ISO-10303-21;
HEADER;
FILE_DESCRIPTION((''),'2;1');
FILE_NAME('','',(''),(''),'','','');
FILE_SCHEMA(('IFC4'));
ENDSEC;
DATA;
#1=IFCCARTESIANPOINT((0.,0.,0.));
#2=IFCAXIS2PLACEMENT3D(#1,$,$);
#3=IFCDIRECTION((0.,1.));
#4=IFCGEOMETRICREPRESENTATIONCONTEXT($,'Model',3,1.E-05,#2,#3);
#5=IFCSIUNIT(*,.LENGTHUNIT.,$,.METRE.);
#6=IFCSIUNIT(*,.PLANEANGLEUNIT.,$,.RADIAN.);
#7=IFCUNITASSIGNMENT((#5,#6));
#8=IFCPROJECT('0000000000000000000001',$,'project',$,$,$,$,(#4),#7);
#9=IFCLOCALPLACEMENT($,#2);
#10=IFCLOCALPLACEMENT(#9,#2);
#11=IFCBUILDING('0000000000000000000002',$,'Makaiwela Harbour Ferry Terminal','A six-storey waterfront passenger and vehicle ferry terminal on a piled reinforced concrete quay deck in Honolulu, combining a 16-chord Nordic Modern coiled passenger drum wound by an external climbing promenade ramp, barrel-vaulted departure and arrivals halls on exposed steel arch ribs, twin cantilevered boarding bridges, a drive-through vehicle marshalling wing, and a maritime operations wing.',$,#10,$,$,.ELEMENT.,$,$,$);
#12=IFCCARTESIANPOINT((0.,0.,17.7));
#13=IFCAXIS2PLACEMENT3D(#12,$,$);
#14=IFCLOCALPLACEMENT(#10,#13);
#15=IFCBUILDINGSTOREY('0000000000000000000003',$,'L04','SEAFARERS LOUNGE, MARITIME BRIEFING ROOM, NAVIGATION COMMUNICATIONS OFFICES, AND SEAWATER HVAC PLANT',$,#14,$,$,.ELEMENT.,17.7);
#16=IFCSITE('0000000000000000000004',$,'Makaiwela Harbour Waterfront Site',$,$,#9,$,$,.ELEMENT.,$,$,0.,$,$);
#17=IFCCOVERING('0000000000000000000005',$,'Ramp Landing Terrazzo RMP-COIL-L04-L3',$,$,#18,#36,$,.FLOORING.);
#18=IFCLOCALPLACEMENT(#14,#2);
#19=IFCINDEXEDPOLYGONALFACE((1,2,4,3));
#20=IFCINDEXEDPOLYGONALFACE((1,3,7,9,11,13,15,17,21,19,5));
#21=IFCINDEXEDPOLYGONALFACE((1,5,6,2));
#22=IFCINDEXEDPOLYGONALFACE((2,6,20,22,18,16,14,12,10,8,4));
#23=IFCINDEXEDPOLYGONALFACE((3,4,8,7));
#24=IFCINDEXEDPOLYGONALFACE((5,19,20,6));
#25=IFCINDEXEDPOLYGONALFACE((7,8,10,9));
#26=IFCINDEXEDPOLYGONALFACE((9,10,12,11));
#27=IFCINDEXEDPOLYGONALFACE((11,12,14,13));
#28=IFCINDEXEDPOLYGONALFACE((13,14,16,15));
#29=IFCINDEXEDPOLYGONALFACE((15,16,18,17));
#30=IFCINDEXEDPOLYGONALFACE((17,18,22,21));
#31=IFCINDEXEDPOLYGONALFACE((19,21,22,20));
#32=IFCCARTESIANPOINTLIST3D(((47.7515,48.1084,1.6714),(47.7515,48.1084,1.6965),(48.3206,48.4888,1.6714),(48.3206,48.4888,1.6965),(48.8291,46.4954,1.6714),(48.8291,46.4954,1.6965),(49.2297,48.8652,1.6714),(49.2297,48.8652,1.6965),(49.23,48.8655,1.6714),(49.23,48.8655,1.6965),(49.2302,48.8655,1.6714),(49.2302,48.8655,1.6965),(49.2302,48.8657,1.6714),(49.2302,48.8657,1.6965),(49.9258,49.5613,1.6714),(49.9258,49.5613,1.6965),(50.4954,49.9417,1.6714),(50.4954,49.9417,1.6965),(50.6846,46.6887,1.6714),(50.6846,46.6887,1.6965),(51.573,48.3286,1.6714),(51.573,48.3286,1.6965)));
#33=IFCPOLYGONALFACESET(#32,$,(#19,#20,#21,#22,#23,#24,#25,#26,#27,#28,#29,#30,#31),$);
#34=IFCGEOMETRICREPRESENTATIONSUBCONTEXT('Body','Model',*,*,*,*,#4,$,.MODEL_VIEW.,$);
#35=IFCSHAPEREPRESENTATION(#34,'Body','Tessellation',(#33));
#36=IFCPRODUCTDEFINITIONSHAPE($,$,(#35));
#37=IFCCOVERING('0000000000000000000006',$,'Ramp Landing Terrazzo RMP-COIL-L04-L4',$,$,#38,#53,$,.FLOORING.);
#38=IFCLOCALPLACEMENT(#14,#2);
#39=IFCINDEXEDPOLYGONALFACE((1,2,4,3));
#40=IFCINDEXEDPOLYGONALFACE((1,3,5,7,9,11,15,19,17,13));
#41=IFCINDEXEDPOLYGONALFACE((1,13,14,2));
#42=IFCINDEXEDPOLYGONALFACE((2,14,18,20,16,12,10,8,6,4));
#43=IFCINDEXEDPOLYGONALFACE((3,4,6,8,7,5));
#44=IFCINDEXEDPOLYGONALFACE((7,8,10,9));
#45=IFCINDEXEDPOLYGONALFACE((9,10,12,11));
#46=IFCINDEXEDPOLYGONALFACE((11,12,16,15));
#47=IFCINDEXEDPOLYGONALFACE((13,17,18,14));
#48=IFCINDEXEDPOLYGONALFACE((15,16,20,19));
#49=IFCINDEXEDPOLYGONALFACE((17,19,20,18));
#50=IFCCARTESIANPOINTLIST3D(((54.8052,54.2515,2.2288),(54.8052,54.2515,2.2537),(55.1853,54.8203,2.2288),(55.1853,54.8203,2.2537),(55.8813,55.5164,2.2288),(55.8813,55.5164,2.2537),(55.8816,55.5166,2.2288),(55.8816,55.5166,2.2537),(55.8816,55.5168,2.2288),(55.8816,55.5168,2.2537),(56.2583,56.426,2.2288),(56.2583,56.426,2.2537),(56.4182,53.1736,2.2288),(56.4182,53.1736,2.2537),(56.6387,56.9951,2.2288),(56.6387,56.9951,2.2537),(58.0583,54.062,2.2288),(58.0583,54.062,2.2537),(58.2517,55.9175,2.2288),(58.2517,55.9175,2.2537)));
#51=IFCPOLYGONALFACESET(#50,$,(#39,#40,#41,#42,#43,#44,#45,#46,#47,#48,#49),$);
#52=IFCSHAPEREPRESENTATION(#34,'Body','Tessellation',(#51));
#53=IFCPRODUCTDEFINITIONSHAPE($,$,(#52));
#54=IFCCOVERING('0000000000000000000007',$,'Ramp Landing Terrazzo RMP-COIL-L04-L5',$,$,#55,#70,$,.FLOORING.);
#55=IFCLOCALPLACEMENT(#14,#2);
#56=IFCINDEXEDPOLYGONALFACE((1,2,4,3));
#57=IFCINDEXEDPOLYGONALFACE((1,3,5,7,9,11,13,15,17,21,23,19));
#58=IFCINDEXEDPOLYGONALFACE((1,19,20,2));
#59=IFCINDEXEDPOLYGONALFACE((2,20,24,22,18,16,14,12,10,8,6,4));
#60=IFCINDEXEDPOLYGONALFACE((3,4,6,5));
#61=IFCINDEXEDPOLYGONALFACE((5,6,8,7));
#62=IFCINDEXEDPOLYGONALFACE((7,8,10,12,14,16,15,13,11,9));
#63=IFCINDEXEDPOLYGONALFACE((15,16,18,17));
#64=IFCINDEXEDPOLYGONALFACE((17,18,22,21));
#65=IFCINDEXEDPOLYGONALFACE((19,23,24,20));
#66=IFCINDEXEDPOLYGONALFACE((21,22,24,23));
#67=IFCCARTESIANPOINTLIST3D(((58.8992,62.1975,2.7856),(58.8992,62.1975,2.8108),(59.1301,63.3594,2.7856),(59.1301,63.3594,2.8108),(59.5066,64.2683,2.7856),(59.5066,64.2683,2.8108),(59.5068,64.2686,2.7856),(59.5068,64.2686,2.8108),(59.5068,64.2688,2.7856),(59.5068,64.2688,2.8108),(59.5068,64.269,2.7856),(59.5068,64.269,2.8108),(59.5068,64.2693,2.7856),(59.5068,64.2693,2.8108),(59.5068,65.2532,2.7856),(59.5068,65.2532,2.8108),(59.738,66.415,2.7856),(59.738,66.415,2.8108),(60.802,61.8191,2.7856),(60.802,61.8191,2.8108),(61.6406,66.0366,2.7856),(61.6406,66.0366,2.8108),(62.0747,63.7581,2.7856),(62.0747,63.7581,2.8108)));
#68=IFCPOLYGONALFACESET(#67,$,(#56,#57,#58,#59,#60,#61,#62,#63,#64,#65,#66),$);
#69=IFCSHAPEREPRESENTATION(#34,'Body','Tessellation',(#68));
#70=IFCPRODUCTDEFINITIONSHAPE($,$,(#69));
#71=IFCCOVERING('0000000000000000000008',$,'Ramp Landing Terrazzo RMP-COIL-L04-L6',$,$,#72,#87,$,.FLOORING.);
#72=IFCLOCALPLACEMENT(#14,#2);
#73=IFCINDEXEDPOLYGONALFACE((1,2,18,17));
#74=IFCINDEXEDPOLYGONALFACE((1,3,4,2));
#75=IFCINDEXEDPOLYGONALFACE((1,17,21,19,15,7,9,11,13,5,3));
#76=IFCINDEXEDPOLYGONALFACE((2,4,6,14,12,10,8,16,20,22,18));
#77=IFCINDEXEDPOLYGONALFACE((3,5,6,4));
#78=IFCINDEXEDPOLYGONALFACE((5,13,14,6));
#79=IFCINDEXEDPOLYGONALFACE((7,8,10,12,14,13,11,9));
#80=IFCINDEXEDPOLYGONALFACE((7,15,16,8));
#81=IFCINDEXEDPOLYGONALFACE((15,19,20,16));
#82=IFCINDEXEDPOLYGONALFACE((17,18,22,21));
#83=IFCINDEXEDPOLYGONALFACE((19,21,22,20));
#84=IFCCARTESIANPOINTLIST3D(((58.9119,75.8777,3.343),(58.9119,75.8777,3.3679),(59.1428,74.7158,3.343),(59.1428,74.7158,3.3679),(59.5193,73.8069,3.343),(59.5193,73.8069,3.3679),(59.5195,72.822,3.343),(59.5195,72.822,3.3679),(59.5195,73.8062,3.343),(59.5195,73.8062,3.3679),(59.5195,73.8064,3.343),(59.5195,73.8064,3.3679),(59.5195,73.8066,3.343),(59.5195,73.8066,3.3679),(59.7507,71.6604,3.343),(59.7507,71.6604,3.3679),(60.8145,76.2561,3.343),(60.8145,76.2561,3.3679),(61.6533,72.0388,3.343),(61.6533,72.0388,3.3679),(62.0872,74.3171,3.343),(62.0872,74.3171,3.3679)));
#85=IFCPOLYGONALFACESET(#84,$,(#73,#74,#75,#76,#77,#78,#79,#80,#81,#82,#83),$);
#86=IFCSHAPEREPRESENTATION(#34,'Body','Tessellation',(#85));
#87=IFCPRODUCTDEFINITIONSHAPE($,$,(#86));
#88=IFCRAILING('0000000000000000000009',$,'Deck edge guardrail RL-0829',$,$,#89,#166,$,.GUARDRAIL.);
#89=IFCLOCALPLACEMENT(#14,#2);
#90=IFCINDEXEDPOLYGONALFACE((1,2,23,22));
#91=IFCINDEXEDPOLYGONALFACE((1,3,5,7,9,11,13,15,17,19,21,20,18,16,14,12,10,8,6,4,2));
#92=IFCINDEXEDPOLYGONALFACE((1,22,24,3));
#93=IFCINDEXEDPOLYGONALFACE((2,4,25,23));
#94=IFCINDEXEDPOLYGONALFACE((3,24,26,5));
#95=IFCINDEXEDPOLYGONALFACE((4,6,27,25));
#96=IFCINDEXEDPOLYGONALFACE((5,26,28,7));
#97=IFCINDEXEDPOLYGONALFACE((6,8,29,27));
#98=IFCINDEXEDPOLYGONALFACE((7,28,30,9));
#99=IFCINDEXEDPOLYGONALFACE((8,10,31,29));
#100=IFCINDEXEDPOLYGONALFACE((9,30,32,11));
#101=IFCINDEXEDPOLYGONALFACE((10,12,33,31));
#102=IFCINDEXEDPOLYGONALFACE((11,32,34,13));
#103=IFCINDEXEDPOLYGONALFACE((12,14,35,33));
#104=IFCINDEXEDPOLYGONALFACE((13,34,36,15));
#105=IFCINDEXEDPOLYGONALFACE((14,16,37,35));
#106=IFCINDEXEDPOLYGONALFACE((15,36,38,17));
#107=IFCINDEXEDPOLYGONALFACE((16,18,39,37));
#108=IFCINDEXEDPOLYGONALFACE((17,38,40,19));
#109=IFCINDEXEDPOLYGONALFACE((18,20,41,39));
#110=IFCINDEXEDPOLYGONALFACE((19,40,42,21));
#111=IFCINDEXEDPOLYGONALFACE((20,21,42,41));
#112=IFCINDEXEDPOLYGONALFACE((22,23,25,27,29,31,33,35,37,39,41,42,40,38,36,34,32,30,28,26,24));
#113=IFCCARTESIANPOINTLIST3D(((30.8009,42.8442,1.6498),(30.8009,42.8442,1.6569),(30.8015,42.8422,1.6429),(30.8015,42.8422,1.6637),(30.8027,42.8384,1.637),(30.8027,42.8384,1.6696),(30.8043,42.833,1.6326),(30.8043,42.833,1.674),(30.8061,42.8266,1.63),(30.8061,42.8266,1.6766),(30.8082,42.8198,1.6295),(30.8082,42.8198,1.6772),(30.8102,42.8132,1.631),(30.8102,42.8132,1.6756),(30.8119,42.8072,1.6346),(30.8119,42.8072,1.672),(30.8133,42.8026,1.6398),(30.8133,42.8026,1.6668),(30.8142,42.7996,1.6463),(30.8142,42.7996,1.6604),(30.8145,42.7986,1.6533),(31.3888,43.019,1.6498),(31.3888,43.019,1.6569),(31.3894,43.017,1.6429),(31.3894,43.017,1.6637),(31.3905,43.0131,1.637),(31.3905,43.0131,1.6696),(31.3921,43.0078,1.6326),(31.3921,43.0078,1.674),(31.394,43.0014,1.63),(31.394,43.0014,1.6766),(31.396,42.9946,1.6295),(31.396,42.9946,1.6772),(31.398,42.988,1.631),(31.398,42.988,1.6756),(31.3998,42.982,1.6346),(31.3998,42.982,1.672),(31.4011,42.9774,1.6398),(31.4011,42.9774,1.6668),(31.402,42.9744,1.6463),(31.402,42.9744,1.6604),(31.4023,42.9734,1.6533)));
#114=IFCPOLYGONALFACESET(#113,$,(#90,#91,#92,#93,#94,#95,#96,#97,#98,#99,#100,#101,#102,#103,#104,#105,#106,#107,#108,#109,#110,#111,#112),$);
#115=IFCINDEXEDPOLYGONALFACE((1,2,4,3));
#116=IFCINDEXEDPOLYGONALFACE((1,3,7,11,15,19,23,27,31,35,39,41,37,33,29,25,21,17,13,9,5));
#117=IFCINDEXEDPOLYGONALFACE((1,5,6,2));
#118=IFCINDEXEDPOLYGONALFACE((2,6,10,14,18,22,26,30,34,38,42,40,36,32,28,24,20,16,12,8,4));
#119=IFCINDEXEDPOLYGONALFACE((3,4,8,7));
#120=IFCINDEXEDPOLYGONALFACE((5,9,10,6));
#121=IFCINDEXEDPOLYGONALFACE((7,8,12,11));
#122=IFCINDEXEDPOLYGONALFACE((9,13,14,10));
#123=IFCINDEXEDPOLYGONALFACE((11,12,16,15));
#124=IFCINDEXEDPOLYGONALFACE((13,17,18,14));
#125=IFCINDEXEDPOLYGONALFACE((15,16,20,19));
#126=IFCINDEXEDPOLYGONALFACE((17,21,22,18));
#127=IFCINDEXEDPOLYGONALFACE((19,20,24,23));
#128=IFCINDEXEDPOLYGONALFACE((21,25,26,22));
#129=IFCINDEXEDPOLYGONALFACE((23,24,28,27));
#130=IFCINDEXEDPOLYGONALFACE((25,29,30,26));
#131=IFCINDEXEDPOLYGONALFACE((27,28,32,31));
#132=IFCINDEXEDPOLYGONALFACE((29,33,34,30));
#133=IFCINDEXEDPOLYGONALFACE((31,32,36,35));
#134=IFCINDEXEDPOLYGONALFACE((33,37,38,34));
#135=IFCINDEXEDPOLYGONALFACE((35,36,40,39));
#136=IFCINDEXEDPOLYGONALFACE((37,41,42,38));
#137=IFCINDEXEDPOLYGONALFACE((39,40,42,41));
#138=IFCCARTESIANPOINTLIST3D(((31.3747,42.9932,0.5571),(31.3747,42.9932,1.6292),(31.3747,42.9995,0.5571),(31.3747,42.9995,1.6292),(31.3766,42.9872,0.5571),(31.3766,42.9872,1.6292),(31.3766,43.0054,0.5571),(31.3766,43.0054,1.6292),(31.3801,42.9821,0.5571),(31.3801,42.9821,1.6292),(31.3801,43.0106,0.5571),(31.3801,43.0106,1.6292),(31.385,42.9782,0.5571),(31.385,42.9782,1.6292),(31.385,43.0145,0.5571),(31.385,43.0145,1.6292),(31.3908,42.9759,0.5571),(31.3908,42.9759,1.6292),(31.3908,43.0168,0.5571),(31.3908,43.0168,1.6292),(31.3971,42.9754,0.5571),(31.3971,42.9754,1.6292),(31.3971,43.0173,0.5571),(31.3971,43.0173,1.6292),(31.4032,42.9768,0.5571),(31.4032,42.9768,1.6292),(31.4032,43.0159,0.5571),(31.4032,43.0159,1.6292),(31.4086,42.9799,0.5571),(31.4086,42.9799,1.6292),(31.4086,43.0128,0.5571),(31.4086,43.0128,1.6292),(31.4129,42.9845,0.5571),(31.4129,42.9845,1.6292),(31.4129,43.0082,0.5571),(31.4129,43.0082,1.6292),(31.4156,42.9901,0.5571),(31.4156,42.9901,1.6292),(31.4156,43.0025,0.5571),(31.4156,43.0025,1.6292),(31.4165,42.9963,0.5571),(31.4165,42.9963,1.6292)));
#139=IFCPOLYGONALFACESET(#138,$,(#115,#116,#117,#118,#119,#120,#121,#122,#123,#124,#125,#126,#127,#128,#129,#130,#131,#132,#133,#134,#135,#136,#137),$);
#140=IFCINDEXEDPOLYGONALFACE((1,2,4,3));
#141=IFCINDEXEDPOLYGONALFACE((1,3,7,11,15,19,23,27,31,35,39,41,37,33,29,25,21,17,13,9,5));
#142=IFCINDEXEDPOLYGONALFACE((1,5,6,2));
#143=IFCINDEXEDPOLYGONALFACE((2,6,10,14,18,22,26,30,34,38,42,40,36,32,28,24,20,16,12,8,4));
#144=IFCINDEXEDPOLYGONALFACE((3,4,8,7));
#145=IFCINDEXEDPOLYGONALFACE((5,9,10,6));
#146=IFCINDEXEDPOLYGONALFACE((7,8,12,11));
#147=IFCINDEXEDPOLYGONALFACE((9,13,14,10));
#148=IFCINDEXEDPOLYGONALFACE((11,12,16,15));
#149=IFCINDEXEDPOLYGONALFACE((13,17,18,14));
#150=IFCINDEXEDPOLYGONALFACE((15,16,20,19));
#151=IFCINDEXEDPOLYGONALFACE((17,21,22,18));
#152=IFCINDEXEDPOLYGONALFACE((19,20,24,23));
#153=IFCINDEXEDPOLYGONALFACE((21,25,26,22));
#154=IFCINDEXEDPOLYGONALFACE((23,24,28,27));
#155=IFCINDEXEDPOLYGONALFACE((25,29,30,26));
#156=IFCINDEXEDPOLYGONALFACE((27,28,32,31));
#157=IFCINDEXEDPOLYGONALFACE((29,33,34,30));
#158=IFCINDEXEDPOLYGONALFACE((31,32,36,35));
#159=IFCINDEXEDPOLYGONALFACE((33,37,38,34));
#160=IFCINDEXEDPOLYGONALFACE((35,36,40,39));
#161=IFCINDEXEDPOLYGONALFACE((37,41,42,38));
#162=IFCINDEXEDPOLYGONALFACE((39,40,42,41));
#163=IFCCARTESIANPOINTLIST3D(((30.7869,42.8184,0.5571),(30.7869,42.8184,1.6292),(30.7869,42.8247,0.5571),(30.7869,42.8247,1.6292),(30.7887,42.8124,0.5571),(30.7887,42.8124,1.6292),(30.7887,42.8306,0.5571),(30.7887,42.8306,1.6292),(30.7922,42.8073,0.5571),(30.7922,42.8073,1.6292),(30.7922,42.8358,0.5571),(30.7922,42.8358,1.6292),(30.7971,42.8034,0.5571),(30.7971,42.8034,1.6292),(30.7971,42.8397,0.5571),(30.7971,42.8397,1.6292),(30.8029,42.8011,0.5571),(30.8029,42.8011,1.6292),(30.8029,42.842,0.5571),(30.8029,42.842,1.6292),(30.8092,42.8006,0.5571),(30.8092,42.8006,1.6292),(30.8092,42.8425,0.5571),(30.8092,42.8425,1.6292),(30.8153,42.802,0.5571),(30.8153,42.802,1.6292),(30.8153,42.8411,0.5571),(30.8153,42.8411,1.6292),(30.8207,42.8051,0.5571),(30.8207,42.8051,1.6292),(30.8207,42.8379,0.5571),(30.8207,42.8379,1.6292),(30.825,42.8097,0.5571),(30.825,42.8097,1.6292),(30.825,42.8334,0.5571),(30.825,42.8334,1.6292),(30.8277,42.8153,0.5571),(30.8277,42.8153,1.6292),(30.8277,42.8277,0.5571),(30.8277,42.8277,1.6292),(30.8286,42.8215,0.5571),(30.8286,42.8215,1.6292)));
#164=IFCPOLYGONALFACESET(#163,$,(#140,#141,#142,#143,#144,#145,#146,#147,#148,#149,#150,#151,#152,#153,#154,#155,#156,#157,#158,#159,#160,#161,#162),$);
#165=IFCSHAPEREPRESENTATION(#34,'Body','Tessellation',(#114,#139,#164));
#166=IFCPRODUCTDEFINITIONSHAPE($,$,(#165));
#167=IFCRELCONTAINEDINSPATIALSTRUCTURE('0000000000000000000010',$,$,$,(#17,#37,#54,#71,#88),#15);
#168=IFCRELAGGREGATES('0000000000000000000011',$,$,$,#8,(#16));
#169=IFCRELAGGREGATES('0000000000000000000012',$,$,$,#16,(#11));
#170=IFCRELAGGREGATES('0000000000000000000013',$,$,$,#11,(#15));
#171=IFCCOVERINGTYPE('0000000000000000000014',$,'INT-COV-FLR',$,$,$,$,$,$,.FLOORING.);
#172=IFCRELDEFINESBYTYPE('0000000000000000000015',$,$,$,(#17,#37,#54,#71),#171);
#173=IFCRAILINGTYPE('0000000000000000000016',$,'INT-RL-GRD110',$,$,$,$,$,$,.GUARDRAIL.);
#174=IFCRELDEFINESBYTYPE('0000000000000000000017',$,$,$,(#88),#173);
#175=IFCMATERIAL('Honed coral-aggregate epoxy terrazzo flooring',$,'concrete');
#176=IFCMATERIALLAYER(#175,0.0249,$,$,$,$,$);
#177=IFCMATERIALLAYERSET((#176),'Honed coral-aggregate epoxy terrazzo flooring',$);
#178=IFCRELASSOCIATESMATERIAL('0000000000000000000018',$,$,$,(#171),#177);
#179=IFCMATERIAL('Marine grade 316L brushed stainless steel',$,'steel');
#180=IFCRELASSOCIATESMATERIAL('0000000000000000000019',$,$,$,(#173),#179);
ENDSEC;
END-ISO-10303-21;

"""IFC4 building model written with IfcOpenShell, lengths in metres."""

from ifc_helpers import new_model, si_unit, direction, frame, origin, origin_2d, place, context, subcontext, project, spatial, polyline, circle, outline, extrude, material, layer, layer_set, type_object, element, save


model = new_model("IFC4")

# Units and contexts
model_context = context("Model", 3, precision=1e-05, world=origin(), true_north=direction((0.0, 1.0)))
body_context = subcontext(model_context, "Body", "Model", "MODEL_VIEW")
ifc_project = project(units=[si_unit("LENGTHUNIT", "METRE"), si_unit("PLANEANGLEUNIT", "RADIAN")], contexts=[model_context])

# Site, building, storey
site_placement = place(None, origin())
site = spatial("IfcSite", under=ifc_project, at=site_placement, Name="Makaiwela Harbour Waterfront Site", CompositionType="ELEMENT", RefElevation=0.0)
building_placement = place(site_placement, origin())
building = spatial("IfcBuilding", under=site, at=building_placement, Name="Makaiwela Harbour Ferry Terminal", Description="A six-storey waterfront passenger and vehicle ferry terminal on a piled reinforced concrete quay deck in Honolulu, combining a 16-chord Nordic Modern coiled passenger drum wound by an external climbing promenade ramp, barrel-vaulted departure and arrivals halls on exposed steel arch ribs, twin cantilevered boarding bridges, a drive-through vehicle marshalling wing, and a maritime operations wing.", CompositionType="ELEMENT")
storey_placement = place(building_placement, frame((0.0, 0.0, 17.7)))
storey = spatial("IfcBuildingStorey", under=building, at=storey_placement, Name="L04", Description="SEAFARERS LOUNGE, MARITIME BRIEFING ROOM, NAVIGATION COMMUNICATIONS OFFICES, AND SEAWATER HVAC PLANT", CompositionType="ELEMENT", Elevation=17.7)

# Coverings
ifc_material_1 = material(Name="Honed coral-aggregate epoxy terrazzo flooring", Category="concrete")
ifc_layer_1 = layer(ifc_material_1, 0.0249)
ifc_layer_set_1 = layer_set([ifc_layer_1], Name="Honed coral-aggregate epoxy terrazzo flooring")
covering_type_1 = type_object("IfcCoveringType", Name="INT-COV-FLR", PredefinedType="FLOORING", material=ifc_layer_set_1)
covering_1_placement = place(storey_placement, frame((0.0, 0.0, 1.6714)))
element("IfcCovering", 1, at=covering_1_placement, inside=storey, type_object=covering_type_1, Name="Ramp Landing Terrazzo RMP-COIL-L04-L3", PredefinedType="FLOORING", context=body_context, shape_type="SweptSolid", body=[
    extrude(outline(polyline([(49.9258, 49.5613), (49.2302, 48.8657), (49.2302, 48.8655), (49.23, 48.8655), (49.2297, 48.8652), (49.2297, 48.8652), (48.3206, 48.4888), (47.7515, 48.1084), (48.8291, 46.4954), (50.6846, 46.6887), (51.573, 48.3286), (50.4954, 49.9417), (49.9258, 49.5613)])), origin(), (0.0, 0.0, 1.0), 0.0251),
])
covering_2_placement = place(storey_placement, frame((0.0, 0.0, 2.2288)))
element("IfcCovering", 2, at=covering_2_placement, inside=storey, type_object=covering_type_1, Name="Ramp Landing Terrazzo RMP-COIL-L04-L4", PredefinedType="FLOORING", context=body_context, shape_type="SweptSolid", body=[
    extrude(outline(polyline([(56.2583, 56.426), (55.8816, 55.5168), (55.8816, 55.5168), (55.8816, 55.5166), (55.8813, 55.5164), (55.8813, 55.5164), (55.1853, 54.8203), (54.8052, 54.2515), (56.4182, 53.1736), (58.0583, 54.062), (58.2517, 55.9175), (56.6387, 56.9951), (56.2583, 56.426)])), origin(), (0.0, 0.0, 1.0), 0.0249),
])
covering_3_placement = place(storey_placement, frame((0.0, 0.0, 2.7856)))
element("IfcCovering", 3, at=covering_3_placement, inside=storey, type_object=covering_type_1, Name="Ramp Landing Terrazzo RMP-COIL-L04-L5", PredefinedType="FLOORING", context=body_context, shape_type="SweptSolid", body=[
    extrude(outline(polyline([(59.5068, 65.2532), (59.5068, 64.2693), (59.5068, 64.269), (59.5068, 64.2688), (59.5068, 64.2686), (59.5066, 64.2683), (59.1301, 63.3594), (58.8992, 62.1975), (60.802, 61.8191), (62.0747, 63.7581), (61.6406, 66.0366), (59.738, 66.415), (59.5068, 65.2532)])), origin(), (0.0, 0.0, 1.0), 0.0251),
])
covering_4_placement = place(storey_placement, frame((0.0, 0.0, 3.343)))
element("IfcCovering", 4, at=covering_4_placement, inside=storey, type_object=covering_type_1, Name="Ramp Landing Terrazzo RMP-COIL-L04-L6", PredefinedType="FLOORING", context=body_context, shape_type="SweptSolid", body=[
    extrude(outline(polyline([(59.1428, 74.7158), (59.5193, 73.8069), (59.5195, 73.8066), (59.5195, 73.8064), (59.5195, 73.8064), (59.5195, 73.8062), (59.5195, 72.822), (59.7507, 71.6604), (61.6533, 72.0388), (62.0872, 74.3171), (60.8145, 76.2561), (58.9119, 75.8777), (59.1428, 74.7158)])), origin(), (0.0, 0.0, 1.0), 0.0249),
])

# Railing
ifc_material_2 = material(Name="Marine grade 316L brushed stainless steel", Category="steel")
railing_type = type_object("IfcRailingType", Name="INT-RL-GRD110", PredefinedType="GUARDRAIL", material=ifc_material_2)
railing_1_placement = place(storey_placement, frame((31.3955, 42.9963, 0.5571)))
element("IfcRailing", 5, at=railing_1_placement, inside=storey, type_object=railing_type, Name="Deck edge guardrail RL-0829", PredefinedType="GUARDRAIL", context=body_context, shape_type="SweptSolid", body=[
    extrude(circle(Radius=0.0239, at=origin_2d()), frame((0.0, 0.0, 1.0962), z_axis=(-0.958525, -0.28501, 0.0), x_axis=(0.28501, -0.958525, 0.0)), (0.0, 0.0, 1.0), 0.6133),
    extrude(circle(Radius=0.021, at=origin_2d()), origin(), (0.0, 0.0, 1.0), 1.072),
    extrude(circle(Radius=0.021, at=origin_2d()), frame((-0.5879, -0.1748, 0.0)), (0.0, 0.0, 1.0), 1.072),
])

save(model, "model.ifc")
